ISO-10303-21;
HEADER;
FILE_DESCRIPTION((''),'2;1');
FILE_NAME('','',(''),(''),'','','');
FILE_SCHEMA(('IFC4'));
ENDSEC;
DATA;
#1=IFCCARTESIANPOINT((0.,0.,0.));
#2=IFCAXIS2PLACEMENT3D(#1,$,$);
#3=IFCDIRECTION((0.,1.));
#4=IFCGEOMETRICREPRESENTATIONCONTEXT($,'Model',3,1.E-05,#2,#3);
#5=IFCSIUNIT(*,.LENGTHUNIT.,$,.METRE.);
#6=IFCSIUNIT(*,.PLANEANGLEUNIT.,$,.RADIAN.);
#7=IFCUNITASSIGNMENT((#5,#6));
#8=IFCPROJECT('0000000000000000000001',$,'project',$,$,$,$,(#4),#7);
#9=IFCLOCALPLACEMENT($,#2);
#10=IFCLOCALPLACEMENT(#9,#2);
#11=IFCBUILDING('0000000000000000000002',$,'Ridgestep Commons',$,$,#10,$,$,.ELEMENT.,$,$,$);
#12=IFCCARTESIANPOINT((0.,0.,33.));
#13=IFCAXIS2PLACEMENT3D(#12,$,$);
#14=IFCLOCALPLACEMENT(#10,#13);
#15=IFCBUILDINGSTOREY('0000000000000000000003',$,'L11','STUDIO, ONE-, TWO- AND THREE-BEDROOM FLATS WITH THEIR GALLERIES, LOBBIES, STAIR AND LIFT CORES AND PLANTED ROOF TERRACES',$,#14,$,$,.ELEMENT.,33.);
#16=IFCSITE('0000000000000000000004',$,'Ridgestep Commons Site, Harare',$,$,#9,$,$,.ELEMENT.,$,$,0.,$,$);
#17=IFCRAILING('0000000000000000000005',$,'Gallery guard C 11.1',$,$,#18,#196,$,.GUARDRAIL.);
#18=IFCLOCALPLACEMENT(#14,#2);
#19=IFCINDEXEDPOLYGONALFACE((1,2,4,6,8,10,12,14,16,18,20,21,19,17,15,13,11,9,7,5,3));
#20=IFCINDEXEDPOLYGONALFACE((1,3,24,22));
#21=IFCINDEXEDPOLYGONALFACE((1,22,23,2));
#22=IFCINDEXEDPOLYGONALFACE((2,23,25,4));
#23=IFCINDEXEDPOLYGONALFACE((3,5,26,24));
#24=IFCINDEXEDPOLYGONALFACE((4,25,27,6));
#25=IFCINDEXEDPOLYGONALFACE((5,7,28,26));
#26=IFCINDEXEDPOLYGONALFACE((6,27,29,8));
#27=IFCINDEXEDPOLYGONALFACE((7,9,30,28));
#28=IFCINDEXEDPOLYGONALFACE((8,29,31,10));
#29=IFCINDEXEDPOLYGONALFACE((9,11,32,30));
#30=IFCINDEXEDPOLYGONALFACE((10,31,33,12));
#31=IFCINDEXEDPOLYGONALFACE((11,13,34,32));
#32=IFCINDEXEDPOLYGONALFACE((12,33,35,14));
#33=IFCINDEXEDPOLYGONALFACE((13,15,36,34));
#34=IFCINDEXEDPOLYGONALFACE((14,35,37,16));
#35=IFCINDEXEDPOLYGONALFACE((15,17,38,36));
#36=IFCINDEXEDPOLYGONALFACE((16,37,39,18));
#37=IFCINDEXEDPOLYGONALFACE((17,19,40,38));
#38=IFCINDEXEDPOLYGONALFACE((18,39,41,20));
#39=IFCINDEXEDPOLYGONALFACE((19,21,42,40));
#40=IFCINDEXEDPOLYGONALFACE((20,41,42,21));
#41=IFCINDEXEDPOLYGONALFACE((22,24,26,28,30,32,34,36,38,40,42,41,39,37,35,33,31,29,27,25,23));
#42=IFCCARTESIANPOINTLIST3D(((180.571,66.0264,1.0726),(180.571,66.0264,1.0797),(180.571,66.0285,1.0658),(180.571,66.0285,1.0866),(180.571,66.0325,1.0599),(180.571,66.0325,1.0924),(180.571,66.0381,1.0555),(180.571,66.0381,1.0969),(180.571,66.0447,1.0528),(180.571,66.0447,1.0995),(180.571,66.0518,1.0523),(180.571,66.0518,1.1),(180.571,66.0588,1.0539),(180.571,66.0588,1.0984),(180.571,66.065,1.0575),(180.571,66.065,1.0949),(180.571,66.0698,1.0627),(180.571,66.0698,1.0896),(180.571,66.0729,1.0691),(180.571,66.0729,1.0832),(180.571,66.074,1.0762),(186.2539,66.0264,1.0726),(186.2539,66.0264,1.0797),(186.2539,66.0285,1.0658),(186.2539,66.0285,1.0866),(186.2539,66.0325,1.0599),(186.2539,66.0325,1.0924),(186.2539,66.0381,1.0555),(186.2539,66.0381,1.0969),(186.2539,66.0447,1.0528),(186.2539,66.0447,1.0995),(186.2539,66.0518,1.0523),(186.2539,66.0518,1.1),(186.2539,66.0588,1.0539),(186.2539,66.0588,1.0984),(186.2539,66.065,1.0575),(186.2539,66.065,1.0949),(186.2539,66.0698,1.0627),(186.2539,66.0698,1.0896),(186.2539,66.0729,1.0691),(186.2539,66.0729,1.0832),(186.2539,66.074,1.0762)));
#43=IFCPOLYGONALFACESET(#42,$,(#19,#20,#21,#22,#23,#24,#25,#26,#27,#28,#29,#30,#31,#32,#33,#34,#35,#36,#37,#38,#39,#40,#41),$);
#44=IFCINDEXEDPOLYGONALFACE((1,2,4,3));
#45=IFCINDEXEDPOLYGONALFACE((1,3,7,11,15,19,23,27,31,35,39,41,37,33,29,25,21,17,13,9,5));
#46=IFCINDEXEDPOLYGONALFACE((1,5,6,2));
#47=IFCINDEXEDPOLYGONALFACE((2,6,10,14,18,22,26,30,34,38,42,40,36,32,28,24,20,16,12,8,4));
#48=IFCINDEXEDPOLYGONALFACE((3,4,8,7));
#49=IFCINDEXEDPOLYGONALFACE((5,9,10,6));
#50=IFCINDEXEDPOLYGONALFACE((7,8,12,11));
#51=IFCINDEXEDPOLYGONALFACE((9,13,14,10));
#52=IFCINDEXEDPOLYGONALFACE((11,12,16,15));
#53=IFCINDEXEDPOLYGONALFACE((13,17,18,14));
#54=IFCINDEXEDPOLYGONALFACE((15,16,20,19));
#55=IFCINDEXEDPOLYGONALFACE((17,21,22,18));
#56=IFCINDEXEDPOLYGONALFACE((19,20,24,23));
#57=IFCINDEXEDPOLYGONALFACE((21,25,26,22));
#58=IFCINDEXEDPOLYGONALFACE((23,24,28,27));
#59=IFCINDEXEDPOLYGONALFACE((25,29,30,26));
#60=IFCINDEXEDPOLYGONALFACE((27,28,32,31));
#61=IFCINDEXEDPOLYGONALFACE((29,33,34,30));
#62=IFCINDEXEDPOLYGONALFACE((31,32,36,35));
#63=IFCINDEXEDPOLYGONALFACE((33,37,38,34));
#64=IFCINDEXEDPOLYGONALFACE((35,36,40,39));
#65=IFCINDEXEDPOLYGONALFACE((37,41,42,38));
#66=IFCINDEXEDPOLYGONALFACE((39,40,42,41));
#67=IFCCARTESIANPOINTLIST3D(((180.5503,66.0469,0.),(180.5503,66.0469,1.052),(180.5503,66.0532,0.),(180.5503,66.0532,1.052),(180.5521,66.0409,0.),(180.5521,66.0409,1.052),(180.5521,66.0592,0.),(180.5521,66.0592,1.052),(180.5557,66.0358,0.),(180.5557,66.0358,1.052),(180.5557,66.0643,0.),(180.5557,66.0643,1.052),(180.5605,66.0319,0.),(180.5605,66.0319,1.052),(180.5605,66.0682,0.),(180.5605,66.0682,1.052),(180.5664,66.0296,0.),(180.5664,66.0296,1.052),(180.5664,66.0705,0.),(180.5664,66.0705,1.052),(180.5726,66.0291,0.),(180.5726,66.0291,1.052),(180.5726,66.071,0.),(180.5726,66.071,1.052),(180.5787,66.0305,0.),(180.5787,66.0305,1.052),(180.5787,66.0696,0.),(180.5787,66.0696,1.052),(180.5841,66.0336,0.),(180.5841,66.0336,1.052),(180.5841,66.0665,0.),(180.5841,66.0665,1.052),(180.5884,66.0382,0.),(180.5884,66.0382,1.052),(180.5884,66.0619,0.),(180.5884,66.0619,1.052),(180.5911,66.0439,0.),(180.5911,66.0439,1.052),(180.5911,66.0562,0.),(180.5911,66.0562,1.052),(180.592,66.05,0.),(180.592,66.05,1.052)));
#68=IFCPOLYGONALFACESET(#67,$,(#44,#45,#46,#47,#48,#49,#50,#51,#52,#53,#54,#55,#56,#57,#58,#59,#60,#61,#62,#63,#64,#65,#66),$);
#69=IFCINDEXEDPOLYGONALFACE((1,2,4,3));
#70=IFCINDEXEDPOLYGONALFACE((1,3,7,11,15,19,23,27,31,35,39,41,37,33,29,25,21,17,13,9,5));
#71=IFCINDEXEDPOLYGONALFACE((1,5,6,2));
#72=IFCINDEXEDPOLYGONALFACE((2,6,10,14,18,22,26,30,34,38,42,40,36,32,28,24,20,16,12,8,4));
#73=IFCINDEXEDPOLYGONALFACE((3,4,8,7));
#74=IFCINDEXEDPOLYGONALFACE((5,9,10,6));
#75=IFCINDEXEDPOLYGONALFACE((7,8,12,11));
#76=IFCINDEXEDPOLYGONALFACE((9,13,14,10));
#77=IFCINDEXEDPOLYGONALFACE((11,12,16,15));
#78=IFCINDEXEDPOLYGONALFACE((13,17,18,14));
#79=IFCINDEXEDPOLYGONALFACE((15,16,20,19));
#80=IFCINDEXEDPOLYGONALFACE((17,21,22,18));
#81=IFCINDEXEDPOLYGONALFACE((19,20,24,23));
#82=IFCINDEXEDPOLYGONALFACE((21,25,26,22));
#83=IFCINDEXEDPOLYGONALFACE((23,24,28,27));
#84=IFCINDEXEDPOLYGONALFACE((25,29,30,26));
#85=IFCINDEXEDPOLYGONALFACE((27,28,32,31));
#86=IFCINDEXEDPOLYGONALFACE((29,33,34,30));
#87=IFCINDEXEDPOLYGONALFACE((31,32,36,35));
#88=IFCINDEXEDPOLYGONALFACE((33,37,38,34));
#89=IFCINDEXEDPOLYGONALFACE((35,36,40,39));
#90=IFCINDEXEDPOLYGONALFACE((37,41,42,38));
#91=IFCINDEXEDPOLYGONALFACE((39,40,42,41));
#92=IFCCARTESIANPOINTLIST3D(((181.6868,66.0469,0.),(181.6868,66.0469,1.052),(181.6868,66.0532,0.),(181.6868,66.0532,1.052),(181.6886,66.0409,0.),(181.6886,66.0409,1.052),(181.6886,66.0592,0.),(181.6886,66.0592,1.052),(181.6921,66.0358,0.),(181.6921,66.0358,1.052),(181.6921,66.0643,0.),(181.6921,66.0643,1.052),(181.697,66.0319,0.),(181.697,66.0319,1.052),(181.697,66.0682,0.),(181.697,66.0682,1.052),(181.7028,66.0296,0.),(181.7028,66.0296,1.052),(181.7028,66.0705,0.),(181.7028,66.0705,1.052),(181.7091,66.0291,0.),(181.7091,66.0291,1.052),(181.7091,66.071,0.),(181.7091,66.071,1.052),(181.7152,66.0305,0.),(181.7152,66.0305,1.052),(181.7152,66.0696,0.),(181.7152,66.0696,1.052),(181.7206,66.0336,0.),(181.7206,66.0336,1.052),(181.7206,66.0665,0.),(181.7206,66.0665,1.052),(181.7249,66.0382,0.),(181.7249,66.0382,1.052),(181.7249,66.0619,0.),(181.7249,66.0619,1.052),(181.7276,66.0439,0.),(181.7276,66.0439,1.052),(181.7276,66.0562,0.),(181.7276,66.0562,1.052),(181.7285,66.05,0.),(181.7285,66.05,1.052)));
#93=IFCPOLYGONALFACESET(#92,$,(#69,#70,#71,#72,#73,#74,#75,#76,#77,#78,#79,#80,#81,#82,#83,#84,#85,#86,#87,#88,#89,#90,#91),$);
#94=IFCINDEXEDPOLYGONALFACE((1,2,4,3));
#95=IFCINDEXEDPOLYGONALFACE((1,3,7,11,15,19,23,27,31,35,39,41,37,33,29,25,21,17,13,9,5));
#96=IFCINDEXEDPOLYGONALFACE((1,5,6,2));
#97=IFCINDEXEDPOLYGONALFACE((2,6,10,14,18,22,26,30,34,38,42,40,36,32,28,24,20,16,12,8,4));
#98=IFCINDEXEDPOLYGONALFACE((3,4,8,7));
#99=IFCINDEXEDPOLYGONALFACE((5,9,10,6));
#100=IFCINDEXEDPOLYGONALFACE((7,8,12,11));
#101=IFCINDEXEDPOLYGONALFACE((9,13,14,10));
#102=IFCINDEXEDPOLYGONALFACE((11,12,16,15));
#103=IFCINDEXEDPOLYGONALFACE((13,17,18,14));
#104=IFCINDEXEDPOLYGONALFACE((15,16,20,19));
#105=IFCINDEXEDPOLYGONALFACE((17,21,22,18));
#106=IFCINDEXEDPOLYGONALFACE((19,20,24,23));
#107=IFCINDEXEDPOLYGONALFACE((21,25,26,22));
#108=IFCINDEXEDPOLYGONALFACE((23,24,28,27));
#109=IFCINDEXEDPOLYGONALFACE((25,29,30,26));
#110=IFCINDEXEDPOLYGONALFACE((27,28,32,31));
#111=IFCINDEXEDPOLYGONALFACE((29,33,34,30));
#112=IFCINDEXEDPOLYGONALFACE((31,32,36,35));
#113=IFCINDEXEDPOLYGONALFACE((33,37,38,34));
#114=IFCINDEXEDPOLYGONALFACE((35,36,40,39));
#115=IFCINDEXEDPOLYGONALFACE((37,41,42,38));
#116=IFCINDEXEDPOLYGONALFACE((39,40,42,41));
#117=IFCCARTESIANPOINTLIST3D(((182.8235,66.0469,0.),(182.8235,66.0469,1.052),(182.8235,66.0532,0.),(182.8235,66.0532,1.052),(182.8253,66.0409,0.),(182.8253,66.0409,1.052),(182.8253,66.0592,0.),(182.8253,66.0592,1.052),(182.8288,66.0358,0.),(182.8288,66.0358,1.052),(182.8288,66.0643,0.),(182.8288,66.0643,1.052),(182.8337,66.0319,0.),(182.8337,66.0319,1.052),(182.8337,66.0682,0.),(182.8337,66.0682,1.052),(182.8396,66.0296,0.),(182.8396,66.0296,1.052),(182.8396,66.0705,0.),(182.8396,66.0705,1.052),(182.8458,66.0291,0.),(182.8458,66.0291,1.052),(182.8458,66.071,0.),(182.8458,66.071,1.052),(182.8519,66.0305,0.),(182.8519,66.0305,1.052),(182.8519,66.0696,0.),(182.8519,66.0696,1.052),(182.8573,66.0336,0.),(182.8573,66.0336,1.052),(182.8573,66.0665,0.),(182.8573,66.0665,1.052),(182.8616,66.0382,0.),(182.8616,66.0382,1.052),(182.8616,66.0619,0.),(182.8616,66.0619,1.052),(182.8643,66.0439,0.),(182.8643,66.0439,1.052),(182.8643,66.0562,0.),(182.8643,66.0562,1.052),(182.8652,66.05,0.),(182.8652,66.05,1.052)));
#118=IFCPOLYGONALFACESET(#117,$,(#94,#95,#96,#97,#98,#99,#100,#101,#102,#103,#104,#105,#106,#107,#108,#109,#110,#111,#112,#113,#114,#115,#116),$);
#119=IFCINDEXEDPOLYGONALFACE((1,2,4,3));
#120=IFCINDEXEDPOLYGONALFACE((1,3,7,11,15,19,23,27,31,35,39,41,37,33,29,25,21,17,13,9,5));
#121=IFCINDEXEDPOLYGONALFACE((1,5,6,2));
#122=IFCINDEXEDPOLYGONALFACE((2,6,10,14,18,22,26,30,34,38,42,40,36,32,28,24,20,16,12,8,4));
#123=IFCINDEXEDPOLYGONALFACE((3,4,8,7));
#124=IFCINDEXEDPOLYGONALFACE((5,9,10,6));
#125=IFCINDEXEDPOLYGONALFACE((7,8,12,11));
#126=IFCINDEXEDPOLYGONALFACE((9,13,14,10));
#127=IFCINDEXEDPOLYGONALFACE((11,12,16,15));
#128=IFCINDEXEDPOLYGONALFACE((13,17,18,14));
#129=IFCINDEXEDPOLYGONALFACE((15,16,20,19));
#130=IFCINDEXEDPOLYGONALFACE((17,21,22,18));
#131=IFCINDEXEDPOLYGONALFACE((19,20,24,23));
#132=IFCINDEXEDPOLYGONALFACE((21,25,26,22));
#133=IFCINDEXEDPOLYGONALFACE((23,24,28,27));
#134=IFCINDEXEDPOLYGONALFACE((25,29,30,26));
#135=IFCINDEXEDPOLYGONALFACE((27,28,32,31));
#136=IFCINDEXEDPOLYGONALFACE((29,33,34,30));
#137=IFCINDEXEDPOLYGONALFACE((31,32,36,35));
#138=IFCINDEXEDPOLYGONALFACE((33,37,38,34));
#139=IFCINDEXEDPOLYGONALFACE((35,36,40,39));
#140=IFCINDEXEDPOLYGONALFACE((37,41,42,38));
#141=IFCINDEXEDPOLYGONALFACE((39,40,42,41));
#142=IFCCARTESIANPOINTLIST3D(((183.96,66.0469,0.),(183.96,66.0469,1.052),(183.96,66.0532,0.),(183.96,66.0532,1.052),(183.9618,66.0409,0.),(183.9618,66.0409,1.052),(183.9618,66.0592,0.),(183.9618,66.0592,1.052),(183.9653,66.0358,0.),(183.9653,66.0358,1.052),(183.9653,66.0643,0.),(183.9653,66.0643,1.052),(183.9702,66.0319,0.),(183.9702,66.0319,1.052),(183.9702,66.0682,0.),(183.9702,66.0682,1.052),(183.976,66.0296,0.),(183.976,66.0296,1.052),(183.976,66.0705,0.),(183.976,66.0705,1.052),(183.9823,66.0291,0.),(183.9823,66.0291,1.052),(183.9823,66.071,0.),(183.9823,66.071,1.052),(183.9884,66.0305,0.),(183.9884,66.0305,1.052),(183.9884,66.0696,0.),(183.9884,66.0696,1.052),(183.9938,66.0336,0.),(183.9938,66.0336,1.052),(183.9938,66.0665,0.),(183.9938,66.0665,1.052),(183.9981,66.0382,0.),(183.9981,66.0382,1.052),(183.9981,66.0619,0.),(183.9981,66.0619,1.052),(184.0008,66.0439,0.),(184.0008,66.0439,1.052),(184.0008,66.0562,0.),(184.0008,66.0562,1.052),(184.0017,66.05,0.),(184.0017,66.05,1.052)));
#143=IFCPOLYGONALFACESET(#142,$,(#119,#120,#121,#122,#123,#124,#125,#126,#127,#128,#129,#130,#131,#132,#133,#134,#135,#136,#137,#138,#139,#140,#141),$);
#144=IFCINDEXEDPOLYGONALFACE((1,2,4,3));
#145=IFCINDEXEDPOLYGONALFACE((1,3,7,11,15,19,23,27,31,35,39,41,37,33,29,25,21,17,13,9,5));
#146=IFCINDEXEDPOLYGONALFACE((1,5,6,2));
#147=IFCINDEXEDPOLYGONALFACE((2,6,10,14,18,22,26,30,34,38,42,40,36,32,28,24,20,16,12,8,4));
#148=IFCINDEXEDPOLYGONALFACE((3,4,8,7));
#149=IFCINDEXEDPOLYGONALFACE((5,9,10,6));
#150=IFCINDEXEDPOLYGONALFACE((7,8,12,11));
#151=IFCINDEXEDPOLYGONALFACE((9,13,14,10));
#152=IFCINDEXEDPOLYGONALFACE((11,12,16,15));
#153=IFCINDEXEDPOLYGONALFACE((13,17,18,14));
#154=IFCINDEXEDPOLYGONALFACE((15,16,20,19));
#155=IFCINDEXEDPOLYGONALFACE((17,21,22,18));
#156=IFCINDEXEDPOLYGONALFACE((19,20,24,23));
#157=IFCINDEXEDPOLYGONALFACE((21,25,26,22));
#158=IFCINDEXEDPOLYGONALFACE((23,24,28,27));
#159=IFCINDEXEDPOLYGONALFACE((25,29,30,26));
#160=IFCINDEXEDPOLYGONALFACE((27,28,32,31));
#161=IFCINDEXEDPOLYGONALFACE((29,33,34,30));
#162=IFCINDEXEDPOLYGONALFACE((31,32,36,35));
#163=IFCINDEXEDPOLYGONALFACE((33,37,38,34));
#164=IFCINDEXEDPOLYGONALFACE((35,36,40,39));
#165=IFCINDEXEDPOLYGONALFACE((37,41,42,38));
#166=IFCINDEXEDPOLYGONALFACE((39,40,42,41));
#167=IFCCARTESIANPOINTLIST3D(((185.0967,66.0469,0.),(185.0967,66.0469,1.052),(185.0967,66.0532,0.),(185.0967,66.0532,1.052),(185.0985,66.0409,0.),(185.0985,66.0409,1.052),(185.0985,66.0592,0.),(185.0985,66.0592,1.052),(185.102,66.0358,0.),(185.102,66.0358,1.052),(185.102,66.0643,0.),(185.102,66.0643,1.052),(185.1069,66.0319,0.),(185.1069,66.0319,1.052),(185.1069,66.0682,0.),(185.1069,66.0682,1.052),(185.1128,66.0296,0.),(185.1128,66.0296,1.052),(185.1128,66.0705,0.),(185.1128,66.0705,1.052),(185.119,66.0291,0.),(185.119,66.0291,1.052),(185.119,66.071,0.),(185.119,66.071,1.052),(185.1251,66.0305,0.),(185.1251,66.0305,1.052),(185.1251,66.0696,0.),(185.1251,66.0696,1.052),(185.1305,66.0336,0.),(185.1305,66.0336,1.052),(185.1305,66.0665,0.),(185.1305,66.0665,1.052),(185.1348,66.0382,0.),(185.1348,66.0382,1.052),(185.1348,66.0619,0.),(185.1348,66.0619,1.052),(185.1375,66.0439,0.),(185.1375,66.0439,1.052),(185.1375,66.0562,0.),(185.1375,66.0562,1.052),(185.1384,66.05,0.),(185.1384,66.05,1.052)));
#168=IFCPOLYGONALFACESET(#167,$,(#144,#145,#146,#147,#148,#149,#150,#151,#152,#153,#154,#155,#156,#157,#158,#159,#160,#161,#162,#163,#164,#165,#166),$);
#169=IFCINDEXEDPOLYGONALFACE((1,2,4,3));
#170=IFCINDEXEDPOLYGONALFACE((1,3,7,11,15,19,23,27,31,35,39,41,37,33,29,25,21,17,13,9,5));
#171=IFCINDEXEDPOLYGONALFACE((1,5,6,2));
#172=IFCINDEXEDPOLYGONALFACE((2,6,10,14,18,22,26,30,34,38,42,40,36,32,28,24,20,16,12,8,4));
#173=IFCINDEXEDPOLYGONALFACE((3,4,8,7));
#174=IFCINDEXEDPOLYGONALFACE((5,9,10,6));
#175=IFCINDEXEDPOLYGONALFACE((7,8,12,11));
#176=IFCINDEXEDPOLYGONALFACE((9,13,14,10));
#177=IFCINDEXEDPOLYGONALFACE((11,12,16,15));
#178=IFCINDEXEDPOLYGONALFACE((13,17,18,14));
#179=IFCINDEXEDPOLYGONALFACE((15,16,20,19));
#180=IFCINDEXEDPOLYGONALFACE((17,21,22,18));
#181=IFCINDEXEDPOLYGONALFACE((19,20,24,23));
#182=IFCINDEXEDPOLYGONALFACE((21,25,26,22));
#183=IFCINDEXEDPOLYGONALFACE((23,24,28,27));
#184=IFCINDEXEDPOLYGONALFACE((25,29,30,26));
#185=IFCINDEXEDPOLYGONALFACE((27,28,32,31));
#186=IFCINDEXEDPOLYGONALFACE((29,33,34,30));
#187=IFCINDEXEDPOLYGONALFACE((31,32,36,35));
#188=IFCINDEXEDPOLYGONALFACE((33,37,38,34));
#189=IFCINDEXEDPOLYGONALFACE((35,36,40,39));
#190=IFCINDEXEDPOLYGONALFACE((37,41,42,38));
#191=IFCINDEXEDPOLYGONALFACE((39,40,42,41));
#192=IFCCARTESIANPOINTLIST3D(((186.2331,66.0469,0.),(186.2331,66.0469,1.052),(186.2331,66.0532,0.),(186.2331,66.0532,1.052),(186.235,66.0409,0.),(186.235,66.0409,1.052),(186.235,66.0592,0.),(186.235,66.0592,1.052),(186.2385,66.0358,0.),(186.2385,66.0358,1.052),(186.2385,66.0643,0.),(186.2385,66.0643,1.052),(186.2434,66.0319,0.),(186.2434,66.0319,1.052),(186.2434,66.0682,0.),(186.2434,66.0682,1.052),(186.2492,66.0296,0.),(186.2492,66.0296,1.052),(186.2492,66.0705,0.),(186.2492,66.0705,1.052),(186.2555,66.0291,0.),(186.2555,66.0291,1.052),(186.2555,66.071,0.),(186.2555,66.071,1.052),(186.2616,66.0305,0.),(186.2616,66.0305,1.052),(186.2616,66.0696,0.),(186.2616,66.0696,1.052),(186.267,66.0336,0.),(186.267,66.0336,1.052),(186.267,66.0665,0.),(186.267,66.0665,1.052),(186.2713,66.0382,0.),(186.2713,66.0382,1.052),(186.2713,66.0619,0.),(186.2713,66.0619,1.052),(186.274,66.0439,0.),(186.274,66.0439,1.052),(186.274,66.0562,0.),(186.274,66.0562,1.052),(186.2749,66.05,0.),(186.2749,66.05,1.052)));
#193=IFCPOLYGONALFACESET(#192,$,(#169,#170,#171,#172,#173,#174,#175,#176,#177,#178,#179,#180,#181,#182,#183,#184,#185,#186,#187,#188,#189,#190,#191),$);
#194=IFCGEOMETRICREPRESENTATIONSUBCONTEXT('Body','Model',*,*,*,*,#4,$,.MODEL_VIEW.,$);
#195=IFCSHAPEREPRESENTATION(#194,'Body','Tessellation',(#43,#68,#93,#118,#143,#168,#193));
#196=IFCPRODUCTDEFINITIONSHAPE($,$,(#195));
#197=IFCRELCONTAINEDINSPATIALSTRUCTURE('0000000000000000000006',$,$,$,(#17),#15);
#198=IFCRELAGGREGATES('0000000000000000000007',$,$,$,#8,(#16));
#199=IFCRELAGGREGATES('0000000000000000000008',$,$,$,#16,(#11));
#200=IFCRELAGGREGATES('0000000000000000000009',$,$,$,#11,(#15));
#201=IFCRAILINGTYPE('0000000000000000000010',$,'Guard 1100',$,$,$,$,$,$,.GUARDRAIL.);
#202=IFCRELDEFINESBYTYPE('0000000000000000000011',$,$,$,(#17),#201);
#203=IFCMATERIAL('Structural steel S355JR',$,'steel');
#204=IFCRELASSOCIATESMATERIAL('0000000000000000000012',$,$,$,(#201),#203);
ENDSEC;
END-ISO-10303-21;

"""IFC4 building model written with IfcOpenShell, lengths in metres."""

from ifc_helpers import new_model, si_unit, direction, frame, origin, origin_2d, place, context, subcontext, project, spatial, circle, extrude, material, type_object, element, save


model = new_model("IFC4")

# Units and contexts
model_context = context("Model", 3, precision=1e-05, world=origin(), true_north=direction((0.0, 1.0)))
body_context = subcontext(model_context, "Body", "Model", "MODEL_VIEW")
ifc_project = project(units=[si_unit("LENGTHUNIT", "METRE"), si_unit("PLANEANGLEUNIT", "RADIAN")], contexts=[model_context])

# Site, building, storey
site_placement = place(None, origin())
site = spatial("IfcSite", under=ifc_project, at=site_placement, Name="Ridgestep Commons Site, Harare", CompositionType="ELEMENT", RefElevation=0.0)
building_placement = place(site_placement, origin())
building = spatial("IfcBuilding", under=site, at=building_placement, Name="Ridgestep Commons", CompositionType="ELEMENT")
storey_placement = place(building_placement, frame((0.0, 0.0, 33.0)))
storey = spatial("IfcBuildingStorey", under=building, at=storey_placement, Name="L11", Description="STUDIO, ONE-, TWO- AND THREE-BEDROOM FLATS WITH THEIR GALLERIES, LOBBIES, STAIR AND LIFT CORES AND PLANTED ROOF TERRACES", CompositionType="ELEMENT", Elevation=33.0)

# Railing
ifc_material_1 = material(Name="Structural steel S355JR", Category="steel")
railing_type = type_object("IfcRailingType", Name="Guard 1100", PredefinedType="GUARDRAIL", material=ifc_material_1)
railing_1_placement = place(storey_placement, frame((180.571, 66.05, 0.0)))
element("IfcRailing", 1, at=railing_1_placement, inside=storey, type_object=railing_type, Name="Gallery guard C 11.1", PredefinedType="GUARDRAIL", context=body_context, shape_type="SweptSolid", body=[
    extrude(circle(Radius=0.0239, at=origin_2d()), frame((0.0, 0.0, 1.0762), z_axis=(1.0, 0.0, 0.0), x_axis=(0.0, 1.0, 0.0)), (0.0, 0.0, 1.0), 5.6829),
    extrude(circle(Radius=0.021, at=origin_2d()), origin(), (0.0, 0.0, 1.0), 1.052),
    extrude(circle(Radius=0.021, at=origin_2d()), frame((1.1365, 0.0, 0.0)), (0.0, 0.0, 1.0), 1.052),
    extrude(circle(Radius=0.021, at=origin_2d()), frame((2.2732, 0.0, 0.0)), (0.0, 0.0, 1.0), 1.052),
    extrude(circle(Radius=0.021, at=origin_2d()), frame((3.4097, 0.0, 0.0)), (0.0, 0.0, 1.0), 1.052),
    extrude(circle(Radius=0.021, at=origin_2d()), frame((4.5464, 0.0, 0.0)), (0.0, 0.0, 1.0), 1.052),
    extrude(circle(Radius=0.021, at=origin_2d()), frame((5.6829, 0.0, 0.0)), (0.0, 0.0, 1.0), 1.052),
])

save(model, "model.ifc")
